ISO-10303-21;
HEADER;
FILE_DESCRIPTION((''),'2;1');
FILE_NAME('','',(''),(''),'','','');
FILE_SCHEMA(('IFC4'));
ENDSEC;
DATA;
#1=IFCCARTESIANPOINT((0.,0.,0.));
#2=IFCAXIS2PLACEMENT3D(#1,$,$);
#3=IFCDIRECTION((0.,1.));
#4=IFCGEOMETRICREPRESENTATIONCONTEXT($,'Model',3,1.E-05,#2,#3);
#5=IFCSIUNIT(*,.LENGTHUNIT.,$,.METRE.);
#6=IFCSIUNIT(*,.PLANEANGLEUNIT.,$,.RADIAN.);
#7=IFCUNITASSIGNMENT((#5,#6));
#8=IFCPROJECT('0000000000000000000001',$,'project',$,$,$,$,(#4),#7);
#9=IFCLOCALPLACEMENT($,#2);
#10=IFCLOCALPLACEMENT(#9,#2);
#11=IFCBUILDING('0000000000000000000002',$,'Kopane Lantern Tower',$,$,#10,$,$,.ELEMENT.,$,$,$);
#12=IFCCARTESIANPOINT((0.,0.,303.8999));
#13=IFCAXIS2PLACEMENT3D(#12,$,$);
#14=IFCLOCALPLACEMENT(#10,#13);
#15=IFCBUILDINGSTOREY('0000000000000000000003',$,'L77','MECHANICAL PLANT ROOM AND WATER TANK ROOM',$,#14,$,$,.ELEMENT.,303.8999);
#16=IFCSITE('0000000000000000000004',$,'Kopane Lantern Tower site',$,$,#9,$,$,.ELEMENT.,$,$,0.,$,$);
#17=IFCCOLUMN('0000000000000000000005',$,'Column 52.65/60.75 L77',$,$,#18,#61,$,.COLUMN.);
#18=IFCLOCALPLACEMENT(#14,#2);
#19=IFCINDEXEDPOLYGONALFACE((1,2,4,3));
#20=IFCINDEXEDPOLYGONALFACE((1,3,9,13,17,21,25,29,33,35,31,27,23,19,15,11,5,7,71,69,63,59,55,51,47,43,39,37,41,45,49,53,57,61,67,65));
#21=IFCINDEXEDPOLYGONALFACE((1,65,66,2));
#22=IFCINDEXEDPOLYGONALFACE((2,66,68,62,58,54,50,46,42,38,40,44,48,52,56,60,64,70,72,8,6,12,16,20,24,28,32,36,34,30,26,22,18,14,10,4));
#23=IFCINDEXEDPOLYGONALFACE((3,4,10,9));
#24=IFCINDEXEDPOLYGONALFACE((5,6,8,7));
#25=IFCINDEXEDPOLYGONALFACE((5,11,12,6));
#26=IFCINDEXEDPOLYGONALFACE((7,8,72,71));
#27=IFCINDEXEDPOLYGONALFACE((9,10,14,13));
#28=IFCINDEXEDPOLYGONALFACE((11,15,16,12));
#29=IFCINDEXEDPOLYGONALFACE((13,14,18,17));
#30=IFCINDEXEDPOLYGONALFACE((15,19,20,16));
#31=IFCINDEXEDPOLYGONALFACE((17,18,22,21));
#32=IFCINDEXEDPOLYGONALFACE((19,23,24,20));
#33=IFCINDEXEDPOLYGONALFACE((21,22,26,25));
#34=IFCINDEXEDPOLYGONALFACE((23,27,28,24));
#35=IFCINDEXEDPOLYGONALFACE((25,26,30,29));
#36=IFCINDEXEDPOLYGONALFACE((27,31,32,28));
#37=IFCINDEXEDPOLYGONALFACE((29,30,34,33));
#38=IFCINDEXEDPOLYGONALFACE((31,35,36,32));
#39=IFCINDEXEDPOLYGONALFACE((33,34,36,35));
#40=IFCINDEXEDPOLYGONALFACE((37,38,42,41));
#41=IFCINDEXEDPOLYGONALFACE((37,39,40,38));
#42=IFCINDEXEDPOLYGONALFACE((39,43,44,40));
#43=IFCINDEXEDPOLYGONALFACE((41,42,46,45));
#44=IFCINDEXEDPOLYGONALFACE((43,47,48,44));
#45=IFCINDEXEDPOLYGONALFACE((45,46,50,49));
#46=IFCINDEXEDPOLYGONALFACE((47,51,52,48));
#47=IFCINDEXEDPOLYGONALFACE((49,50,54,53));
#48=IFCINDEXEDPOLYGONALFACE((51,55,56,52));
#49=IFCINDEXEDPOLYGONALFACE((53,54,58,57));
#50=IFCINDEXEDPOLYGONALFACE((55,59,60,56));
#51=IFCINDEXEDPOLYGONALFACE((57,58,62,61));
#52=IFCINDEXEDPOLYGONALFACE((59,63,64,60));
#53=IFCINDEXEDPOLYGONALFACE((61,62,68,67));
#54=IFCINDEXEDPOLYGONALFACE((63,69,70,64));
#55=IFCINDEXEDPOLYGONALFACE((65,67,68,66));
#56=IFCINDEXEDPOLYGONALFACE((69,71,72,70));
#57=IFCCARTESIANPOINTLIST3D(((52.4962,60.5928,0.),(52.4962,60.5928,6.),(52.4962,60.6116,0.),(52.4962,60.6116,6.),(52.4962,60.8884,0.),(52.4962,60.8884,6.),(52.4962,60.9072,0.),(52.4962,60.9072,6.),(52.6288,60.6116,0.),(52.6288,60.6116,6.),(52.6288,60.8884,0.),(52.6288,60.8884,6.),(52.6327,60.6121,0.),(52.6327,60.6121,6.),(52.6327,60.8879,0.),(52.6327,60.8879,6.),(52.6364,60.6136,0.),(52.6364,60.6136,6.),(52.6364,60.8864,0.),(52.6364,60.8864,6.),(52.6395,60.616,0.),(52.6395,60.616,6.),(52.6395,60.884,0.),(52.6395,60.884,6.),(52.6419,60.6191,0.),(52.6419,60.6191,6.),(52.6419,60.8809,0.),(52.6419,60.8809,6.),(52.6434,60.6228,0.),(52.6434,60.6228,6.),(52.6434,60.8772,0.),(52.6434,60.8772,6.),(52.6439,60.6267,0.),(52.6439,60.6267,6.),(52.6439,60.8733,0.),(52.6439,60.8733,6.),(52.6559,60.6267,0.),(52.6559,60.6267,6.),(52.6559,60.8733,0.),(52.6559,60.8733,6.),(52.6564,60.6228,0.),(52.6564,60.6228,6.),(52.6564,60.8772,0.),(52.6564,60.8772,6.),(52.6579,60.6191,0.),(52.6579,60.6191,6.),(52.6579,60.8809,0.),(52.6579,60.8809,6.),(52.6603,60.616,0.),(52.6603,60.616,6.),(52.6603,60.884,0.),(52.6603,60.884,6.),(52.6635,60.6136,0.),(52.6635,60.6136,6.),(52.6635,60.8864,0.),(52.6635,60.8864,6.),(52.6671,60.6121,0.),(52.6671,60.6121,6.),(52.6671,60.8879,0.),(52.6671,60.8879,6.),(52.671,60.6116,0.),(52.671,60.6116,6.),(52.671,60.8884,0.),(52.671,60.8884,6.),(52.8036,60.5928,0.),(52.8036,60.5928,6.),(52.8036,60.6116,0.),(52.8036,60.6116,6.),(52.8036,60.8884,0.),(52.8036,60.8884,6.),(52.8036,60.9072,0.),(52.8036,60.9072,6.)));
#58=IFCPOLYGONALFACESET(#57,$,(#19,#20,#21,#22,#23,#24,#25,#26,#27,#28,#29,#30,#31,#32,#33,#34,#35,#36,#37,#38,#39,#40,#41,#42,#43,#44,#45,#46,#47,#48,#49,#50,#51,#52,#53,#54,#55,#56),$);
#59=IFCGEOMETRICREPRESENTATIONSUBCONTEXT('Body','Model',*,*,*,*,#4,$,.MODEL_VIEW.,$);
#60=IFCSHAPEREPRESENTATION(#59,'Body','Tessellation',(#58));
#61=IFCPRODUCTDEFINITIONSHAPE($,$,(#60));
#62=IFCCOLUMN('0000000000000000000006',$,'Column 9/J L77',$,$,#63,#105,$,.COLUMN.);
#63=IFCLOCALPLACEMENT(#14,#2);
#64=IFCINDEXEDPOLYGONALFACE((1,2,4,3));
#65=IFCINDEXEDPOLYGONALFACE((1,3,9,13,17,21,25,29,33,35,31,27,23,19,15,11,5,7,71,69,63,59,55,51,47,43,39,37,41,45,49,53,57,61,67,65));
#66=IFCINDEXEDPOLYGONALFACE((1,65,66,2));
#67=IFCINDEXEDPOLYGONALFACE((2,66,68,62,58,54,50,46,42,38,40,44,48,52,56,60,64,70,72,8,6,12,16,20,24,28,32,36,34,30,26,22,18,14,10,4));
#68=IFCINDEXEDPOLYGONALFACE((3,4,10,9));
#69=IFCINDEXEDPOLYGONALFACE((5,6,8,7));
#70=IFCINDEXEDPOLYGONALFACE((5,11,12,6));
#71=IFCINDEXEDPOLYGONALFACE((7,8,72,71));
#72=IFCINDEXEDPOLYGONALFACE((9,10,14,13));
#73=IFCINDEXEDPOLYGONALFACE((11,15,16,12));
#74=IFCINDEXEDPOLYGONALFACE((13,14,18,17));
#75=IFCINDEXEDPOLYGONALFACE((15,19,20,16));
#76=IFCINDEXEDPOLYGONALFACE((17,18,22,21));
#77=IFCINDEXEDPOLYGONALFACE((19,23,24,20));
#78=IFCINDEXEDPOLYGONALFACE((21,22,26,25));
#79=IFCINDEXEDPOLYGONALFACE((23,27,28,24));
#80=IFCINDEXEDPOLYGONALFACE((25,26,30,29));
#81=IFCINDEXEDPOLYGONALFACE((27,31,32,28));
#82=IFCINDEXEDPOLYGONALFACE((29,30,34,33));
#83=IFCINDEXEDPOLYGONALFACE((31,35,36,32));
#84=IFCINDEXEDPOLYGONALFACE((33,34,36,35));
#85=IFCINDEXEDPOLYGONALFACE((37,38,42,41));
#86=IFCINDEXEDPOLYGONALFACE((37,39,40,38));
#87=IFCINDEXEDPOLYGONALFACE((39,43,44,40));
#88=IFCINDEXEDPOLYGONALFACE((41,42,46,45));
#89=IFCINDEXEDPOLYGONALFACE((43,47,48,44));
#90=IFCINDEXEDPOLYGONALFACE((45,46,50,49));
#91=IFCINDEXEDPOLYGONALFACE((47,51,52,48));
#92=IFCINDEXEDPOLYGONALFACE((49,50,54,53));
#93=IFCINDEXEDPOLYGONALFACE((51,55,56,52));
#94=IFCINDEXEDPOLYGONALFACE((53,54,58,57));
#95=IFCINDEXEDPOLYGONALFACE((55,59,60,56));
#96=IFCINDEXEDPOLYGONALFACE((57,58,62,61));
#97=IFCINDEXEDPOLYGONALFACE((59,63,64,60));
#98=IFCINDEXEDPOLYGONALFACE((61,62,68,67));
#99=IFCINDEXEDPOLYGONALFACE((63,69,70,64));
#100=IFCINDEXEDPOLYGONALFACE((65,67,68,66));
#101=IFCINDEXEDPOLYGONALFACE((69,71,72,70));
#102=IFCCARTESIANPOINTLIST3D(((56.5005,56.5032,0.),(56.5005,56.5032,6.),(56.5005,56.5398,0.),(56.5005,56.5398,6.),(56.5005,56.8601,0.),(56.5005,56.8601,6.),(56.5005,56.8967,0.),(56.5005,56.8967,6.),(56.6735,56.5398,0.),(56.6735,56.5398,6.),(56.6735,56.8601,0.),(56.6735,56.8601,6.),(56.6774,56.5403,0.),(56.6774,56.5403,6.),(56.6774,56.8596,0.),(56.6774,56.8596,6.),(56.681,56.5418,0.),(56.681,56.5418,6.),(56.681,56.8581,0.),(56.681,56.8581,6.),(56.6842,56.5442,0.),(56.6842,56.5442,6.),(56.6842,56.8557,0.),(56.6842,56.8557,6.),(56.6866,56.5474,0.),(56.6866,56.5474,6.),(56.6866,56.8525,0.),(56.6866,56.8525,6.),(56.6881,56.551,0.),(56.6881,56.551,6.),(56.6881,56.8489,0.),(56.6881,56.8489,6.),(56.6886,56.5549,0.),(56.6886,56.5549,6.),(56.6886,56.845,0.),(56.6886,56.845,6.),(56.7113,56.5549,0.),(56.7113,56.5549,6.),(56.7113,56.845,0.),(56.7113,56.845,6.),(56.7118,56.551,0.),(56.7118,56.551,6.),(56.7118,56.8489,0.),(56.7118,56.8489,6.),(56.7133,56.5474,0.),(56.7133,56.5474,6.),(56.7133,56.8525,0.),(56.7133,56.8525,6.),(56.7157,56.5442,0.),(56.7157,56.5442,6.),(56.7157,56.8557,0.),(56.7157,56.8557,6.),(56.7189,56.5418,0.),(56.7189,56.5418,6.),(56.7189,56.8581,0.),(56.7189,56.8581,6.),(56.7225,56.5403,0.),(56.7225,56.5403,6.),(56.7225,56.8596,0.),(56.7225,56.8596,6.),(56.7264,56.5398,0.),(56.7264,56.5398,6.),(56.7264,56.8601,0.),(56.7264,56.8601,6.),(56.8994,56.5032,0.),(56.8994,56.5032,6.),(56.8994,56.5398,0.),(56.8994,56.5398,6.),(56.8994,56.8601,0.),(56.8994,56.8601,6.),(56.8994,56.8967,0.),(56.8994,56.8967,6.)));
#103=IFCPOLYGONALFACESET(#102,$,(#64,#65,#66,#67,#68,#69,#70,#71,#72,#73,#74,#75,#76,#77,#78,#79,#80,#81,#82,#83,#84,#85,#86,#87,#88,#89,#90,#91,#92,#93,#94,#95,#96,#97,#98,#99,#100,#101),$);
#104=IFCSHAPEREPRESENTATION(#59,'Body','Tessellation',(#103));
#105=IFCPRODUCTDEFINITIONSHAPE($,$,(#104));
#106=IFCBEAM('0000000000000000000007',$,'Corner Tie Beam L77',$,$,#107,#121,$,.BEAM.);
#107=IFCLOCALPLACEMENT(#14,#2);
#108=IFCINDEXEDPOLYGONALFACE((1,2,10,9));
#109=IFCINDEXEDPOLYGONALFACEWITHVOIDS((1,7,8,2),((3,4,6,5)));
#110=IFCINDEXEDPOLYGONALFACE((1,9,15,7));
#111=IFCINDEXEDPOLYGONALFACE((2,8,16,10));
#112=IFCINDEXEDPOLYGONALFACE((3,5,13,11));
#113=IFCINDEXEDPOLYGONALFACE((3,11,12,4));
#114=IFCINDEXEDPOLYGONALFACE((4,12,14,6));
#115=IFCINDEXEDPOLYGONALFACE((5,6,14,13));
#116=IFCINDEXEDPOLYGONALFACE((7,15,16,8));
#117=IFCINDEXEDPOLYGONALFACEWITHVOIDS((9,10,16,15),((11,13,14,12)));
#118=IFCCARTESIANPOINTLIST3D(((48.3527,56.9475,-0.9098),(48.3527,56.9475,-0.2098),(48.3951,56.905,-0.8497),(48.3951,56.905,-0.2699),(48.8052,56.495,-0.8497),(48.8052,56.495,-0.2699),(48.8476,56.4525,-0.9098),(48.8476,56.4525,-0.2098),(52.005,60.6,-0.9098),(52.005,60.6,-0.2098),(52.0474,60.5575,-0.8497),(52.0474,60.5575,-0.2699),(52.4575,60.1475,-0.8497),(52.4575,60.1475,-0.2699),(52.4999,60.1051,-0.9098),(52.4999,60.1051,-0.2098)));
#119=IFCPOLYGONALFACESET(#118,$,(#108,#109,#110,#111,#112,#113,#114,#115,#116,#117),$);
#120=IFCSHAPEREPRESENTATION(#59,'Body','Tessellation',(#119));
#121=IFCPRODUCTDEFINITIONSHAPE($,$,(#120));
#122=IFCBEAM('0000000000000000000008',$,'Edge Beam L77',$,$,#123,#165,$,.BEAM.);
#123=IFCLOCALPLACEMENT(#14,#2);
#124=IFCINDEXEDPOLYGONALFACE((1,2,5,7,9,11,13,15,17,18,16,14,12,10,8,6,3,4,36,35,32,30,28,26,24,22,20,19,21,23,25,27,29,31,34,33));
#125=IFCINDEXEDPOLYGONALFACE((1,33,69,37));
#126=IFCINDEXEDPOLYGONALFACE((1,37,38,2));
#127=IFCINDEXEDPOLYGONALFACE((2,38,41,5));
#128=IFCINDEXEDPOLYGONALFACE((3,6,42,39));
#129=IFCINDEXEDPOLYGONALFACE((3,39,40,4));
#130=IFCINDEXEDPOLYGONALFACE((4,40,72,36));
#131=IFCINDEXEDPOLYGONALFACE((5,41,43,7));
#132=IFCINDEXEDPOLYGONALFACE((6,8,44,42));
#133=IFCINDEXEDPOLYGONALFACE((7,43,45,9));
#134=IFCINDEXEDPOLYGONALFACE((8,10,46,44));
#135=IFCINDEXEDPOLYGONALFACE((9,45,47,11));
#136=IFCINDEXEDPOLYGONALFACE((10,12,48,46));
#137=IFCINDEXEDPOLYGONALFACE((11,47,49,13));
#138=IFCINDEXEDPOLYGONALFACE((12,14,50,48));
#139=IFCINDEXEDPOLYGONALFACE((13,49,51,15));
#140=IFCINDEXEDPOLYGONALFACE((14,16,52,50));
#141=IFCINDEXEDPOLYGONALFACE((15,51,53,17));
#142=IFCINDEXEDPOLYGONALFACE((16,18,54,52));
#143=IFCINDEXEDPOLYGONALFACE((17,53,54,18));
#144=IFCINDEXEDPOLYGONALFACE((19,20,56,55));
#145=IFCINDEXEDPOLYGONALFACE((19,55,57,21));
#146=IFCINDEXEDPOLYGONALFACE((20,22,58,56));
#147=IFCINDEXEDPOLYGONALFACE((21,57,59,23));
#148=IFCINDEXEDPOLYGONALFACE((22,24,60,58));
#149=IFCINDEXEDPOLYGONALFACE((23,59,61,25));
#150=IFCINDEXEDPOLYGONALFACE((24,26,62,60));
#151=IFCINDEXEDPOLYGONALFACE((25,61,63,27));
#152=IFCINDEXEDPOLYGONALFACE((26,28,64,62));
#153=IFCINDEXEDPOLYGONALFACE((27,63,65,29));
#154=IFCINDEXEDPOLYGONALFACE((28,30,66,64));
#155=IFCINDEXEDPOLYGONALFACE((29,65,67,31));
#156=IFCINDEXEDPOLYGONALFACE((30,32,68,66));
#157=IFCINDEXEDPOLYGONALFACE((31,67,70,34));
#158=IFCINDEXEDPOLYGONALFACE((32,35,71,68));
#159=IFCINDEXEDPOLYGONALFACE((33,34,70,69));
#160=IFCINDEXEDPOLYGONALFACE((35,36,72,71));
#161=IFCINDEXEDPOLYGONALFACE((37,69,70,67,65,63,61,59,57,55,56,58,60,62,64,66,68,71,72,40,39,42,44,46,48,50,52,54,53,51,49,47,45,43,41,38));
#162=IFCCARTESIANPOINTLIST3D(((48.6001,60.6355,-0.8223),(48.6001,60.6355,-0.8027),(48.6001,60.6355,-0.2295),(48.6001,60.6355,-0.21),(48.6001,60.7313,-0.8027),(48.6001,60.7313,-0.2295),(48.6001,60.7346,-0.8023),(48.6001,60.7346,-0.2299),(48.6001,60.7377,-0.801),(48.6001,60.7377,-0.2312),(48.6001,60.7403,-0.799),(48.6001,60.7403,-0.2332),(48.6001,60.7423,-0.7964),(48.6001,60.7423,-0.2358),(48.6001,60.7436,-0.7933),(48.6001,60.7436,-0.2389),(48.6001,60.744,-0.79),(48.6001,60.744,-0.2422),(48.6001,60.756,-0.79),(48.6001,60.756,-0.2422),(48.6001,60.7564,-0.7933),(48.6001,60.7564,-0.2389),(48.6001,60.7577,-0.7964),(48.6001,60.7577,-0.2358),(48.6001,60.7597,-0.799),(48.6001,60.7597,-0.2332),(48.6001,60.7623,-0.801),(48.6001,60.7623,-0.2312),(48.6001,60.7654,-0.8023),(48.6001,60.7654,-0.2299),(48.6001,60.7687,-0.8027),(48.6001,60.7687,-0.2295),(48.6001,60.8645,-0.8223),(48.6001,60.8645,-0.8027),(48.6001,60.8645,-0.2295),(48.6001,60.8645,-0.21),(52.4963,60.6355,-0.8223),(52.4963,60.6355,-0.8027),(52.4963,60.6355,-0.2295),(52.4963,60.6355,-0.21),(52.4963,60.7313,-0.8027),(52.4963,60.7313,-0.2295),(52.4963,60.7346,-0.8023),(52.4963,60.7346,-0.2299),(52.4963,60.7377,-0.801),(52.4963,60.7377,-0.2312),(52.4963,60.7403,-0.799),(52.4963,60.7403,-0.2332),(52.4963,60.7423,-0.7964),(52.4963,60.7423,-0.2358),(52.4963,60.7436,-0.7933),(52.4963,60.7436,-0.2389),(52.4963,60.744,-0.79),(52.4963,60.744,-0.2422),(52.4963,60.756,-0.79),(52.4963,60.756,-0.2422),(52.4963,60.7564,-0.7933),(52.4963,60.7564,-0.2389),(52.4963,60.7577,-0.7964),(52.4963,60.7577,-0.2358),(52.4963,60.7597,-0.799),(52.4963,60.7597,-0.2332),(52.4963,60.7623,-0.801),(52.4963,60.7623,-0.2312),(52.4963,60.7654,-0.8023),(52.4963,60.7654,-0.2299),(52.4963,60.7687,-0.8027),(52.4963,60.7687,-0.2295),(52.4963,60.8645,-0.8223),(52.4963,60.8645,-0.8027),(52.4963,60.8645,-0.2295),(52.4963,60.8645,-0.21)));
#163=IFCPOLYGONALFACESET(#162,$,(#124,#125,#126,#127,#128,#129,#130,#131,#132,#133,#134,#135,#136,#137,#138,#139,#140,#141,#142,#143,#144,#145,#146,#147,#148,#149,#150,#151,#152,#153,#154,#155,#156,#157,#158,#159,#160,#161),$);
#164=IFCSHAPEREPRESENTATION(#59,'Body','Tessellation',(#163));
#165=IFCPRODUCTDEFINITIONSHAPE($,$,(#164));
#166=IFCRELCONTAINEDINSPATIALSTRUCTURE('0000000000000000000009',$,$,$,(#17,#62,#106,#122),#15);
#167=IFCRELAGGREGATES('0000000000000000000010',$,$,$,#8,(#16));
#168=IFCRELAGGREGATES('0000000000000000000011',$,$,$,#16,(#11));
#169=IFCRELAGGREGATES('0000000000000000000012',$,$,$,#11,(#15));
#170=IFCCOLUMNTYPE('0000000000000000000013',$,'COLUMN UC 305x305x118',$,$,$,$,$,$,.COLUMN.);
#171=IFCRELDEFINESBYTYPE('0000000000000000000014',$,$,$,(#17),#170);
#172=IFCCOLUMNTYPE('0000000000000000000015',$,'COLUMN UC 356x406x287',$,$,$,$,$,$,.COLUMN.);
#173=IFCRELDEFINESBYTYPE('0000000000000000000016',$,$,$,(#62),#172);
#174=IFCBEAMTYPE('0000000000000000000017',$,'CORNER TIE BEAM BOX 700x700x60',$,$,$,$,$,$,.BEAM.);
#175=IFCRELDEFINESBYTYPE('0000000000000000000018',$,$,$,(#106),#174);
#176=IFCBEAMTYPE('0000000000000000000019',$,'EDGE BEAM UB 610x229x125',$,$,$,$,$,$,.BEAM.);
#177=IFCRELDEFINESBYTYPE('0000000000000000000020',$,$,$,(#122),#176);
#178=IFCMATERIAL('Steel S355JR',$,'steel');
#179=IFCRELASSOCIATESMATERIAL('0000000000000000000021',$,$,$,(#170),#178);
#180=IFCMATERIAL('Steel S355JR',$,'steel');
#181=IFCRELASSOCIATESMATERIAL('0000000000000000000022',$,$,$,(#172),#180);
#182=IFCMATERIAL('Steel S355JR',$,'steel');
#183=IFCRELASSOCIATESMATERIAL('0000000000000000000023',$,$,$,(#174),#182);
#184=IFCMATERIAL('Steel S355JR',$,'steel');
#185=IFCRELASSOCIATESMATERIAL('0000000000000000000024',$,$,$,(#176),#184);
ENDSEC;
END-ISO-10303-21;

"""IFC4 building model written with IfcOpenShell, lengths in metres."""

from ifc_helpers import new_model, si_unit, direction, frame, origin, origin_2d, place, context, subcontext, project, spatial, hollow_rectangle, i_section, extrude, material, material_profile, profile_set, type_object, element, save


model = new_model("IFC4")

# Units and contexts
model_context = context("Model", 3, precision=1e-05, world=origin(), true_north=direction((0.0, 1.0)))
body_context = subcontext(model_context, "Body", "Model", "MODEL_VIEW")
ifc_project = project(units=[si_unit("LENGTHUNIT", "METRE"), si_unit("PLANEANGLEUNIT", "RADIAN")], contexts=[model_context])

# Site, building, storey
site_placement = place(None, origin())
site = spatial("IfcSite", under=ifc_project, at=site_placement, Name="Kopane Lantern Tower site", CompositionType="ELEMENT", RefElevation=0.0)
building_placement = place(site_placement, origin())
building = spatial("IfcBuilding", under=site, at=building_placement, Name="Kopane Lantern Tower", CompositionType="ELEMENT")
storey_placement = place(building_placement, frame((0.0, 0.0, 303.8999)))
storey = spatial("IfcBuildingStorey", under=building, at=storey_placement, Name="L77", Description="MECHANICAL PLANT ROOM AND WATER TANK ROOM", CompositionType="ELEMENT", Elevation=303.8999)

# Columns
ifc_material_1 = material(Name="Steel S355JR", Category="steel")
ifc_material_profile_1 = material_profile(ifc_material_1, i_section(OverallWidth=0.3074, OverallDepth=0.3145, WebThickness=0.012, FlangeThickness=0.0188, FilletRadius=0.0151, at=origin_2d()), Name="UC 305x305x118")
ifc_profile_set_1 = profile_set([ifc_material_profile_1], Name="Steel S355JR")
column_type_1 = type_object("IfcColumnType", Name="COLUMN UC 305x305x118", PredefinedType="COLUMN", material=ifc_profile_set_1)
column_1_placement = place(storey_placement, frame((52.6499, 60.75, 0.0), z_axis=(0.0, 0.0, 1.0), x_axis=(1.0, 0.0, 0.0)))
element("IfcColumn", 1, at=column_1_placement, inside=storey, type_object=column_type_1, Name="Column 52.65/60.75 L77", PredefinedType="COLUMN", context=body_context, shape_type="SweptSolid", body=[
    extrude(i_section(OverallWidth=0.3074, OverallDepth=0.3145, WebThickness=0.012, FlangeThickness=0.0188, FilletRadius=0.0151, at=origin_2d()), origin(), (0.0, 0.0, 1.0), 6.0),
])
ifc_material_2 = material(Name="Steel S355JR", Category="steel")
ifc_material_profile_2 = material_profile(ifc_material_2, i_section(OverallWidth=0.3989, OverallDepth=0.3936, WebThickness=0.0227, FlangeThickness=0.0366, FilletRadius=0.0151, at=origin_2d()), Name="UC 356x406x287")
ifc_profile_set_2 = profile_set([ifc_material_profile_2], Name="Steel S355JR")
column_type_2 = type_object("IfcColumnType", Name="COLUMN UC 356x406x287", PredefinedType="COLUMN", material=ifc_profile_set_2)
column_2_placement = place(storey_placement, frame((56.7, 56.7, 0.0), z_axis=(0.0, 0.0, 1.0), x_axis=(1.0, 0.0, 0.0)))
element("IfcColumn", 2, at=column_2_placement, inside=storey, type_object=column_type_2, Name="Column 9/J L77", PredefinedType="COLUMN", context=body_context, shape_type="SweptSolid", body=[
    extrude(i_section(OverallWidth=0.3989, OverallDepth=0.3936, WebThickness=0.0227, FlangeThickness=0.0366, FilletRadius=0.0151, at=origin_2d()), origin(), (0.0, 0.0, 1.0), 6.0),
])

# Beams
ifc_material_3 = material(Name="Steel S355JR", Category="steel")
ifc_material_profile_3 = material_profile(ifc_material_3, hollow_rectangle(XDim=0.7, YDim=0.7, WallThickness=0.0601, at=origin_2d()), Name="BOX 700x700x60")
ifc_profile_set_3 = profile_set([ifc_material_profile_3], Name="Steel S355JR")
beam_type_1 = type_object("IfcBeamType", Name="CORNER TIE BEAM BOX 700x700x60", PredefinedType="BEAM", material=ifc_profile_set_3)
beam_1_placement = place(storey_placement, frame((52.2524, 60.3525, -0.5598), z_axis=(-0.707083, -0.70713, 0.0), x_axis=(0.70713, -0.707083, 0.0)))
element("IfcBeam", 3, at=beam_1_placement, inside=storey, type_object=beam_type_1, Name="Corner Tie Beam L77", PredefinedType="BEAM", context=body_context, shape_type="SweptSolid", body=[
    extrude(hollow_rectangle(XDim=0.7, YDim=0.7, WallThickness=0.0601, at=origin_2d()), origin(), (0.0, 0.0, 1.0), 5.1653),
])
ifc_material_4 = material(Name="Steel S355JR", Category="steel")
ifc_material_profile_4 = material_profile(ifc_material_4, i_section(OverallWidth=0.229, OverallDepth=0.6123, WebThickness=0.012, FlangeThickness=0.0195, FilletRadius=0.0127, at=origin_2d()), Name="UB 610x229x125")
ifc_profile_set_4 = profile_set([ifc_material_profile_4], Name="Steel S355JR")
beam_type_2 = type_object("IfcBeamType", Name="EDGE BEAM UB 610x229x125", PredefinedType="BEAM", material=ifc_profile_set_4)
for number, where, z_axis, x_axis, name in (
    (4, (52.4963, 60.75, -0.5161), (-1.0, 0.0, 0.0), (0.0, -1.0, 0.0), "Edge Beam L77"),
):
    element("IfcBeam", number, at=place(storey_placement, frame(where, z_axis=z_axis, x_axis=x_axis)), inside=storey, type_object=beam_type_2, Name=name, PredefinedType="BEAM", context=body_context, shape_type="SweptSolid", body=[
        extrude(i_section(OverallWidth=0.229, OverallDepth=0.6123, WebThickness=0.012, FlangeThickness=0.0195, FilletRadius=0.0127, at=origin_2d()), origin(), (0.0, 0.0, 1.0), 3.8962),
    ])

save(model, "model.ifc")
